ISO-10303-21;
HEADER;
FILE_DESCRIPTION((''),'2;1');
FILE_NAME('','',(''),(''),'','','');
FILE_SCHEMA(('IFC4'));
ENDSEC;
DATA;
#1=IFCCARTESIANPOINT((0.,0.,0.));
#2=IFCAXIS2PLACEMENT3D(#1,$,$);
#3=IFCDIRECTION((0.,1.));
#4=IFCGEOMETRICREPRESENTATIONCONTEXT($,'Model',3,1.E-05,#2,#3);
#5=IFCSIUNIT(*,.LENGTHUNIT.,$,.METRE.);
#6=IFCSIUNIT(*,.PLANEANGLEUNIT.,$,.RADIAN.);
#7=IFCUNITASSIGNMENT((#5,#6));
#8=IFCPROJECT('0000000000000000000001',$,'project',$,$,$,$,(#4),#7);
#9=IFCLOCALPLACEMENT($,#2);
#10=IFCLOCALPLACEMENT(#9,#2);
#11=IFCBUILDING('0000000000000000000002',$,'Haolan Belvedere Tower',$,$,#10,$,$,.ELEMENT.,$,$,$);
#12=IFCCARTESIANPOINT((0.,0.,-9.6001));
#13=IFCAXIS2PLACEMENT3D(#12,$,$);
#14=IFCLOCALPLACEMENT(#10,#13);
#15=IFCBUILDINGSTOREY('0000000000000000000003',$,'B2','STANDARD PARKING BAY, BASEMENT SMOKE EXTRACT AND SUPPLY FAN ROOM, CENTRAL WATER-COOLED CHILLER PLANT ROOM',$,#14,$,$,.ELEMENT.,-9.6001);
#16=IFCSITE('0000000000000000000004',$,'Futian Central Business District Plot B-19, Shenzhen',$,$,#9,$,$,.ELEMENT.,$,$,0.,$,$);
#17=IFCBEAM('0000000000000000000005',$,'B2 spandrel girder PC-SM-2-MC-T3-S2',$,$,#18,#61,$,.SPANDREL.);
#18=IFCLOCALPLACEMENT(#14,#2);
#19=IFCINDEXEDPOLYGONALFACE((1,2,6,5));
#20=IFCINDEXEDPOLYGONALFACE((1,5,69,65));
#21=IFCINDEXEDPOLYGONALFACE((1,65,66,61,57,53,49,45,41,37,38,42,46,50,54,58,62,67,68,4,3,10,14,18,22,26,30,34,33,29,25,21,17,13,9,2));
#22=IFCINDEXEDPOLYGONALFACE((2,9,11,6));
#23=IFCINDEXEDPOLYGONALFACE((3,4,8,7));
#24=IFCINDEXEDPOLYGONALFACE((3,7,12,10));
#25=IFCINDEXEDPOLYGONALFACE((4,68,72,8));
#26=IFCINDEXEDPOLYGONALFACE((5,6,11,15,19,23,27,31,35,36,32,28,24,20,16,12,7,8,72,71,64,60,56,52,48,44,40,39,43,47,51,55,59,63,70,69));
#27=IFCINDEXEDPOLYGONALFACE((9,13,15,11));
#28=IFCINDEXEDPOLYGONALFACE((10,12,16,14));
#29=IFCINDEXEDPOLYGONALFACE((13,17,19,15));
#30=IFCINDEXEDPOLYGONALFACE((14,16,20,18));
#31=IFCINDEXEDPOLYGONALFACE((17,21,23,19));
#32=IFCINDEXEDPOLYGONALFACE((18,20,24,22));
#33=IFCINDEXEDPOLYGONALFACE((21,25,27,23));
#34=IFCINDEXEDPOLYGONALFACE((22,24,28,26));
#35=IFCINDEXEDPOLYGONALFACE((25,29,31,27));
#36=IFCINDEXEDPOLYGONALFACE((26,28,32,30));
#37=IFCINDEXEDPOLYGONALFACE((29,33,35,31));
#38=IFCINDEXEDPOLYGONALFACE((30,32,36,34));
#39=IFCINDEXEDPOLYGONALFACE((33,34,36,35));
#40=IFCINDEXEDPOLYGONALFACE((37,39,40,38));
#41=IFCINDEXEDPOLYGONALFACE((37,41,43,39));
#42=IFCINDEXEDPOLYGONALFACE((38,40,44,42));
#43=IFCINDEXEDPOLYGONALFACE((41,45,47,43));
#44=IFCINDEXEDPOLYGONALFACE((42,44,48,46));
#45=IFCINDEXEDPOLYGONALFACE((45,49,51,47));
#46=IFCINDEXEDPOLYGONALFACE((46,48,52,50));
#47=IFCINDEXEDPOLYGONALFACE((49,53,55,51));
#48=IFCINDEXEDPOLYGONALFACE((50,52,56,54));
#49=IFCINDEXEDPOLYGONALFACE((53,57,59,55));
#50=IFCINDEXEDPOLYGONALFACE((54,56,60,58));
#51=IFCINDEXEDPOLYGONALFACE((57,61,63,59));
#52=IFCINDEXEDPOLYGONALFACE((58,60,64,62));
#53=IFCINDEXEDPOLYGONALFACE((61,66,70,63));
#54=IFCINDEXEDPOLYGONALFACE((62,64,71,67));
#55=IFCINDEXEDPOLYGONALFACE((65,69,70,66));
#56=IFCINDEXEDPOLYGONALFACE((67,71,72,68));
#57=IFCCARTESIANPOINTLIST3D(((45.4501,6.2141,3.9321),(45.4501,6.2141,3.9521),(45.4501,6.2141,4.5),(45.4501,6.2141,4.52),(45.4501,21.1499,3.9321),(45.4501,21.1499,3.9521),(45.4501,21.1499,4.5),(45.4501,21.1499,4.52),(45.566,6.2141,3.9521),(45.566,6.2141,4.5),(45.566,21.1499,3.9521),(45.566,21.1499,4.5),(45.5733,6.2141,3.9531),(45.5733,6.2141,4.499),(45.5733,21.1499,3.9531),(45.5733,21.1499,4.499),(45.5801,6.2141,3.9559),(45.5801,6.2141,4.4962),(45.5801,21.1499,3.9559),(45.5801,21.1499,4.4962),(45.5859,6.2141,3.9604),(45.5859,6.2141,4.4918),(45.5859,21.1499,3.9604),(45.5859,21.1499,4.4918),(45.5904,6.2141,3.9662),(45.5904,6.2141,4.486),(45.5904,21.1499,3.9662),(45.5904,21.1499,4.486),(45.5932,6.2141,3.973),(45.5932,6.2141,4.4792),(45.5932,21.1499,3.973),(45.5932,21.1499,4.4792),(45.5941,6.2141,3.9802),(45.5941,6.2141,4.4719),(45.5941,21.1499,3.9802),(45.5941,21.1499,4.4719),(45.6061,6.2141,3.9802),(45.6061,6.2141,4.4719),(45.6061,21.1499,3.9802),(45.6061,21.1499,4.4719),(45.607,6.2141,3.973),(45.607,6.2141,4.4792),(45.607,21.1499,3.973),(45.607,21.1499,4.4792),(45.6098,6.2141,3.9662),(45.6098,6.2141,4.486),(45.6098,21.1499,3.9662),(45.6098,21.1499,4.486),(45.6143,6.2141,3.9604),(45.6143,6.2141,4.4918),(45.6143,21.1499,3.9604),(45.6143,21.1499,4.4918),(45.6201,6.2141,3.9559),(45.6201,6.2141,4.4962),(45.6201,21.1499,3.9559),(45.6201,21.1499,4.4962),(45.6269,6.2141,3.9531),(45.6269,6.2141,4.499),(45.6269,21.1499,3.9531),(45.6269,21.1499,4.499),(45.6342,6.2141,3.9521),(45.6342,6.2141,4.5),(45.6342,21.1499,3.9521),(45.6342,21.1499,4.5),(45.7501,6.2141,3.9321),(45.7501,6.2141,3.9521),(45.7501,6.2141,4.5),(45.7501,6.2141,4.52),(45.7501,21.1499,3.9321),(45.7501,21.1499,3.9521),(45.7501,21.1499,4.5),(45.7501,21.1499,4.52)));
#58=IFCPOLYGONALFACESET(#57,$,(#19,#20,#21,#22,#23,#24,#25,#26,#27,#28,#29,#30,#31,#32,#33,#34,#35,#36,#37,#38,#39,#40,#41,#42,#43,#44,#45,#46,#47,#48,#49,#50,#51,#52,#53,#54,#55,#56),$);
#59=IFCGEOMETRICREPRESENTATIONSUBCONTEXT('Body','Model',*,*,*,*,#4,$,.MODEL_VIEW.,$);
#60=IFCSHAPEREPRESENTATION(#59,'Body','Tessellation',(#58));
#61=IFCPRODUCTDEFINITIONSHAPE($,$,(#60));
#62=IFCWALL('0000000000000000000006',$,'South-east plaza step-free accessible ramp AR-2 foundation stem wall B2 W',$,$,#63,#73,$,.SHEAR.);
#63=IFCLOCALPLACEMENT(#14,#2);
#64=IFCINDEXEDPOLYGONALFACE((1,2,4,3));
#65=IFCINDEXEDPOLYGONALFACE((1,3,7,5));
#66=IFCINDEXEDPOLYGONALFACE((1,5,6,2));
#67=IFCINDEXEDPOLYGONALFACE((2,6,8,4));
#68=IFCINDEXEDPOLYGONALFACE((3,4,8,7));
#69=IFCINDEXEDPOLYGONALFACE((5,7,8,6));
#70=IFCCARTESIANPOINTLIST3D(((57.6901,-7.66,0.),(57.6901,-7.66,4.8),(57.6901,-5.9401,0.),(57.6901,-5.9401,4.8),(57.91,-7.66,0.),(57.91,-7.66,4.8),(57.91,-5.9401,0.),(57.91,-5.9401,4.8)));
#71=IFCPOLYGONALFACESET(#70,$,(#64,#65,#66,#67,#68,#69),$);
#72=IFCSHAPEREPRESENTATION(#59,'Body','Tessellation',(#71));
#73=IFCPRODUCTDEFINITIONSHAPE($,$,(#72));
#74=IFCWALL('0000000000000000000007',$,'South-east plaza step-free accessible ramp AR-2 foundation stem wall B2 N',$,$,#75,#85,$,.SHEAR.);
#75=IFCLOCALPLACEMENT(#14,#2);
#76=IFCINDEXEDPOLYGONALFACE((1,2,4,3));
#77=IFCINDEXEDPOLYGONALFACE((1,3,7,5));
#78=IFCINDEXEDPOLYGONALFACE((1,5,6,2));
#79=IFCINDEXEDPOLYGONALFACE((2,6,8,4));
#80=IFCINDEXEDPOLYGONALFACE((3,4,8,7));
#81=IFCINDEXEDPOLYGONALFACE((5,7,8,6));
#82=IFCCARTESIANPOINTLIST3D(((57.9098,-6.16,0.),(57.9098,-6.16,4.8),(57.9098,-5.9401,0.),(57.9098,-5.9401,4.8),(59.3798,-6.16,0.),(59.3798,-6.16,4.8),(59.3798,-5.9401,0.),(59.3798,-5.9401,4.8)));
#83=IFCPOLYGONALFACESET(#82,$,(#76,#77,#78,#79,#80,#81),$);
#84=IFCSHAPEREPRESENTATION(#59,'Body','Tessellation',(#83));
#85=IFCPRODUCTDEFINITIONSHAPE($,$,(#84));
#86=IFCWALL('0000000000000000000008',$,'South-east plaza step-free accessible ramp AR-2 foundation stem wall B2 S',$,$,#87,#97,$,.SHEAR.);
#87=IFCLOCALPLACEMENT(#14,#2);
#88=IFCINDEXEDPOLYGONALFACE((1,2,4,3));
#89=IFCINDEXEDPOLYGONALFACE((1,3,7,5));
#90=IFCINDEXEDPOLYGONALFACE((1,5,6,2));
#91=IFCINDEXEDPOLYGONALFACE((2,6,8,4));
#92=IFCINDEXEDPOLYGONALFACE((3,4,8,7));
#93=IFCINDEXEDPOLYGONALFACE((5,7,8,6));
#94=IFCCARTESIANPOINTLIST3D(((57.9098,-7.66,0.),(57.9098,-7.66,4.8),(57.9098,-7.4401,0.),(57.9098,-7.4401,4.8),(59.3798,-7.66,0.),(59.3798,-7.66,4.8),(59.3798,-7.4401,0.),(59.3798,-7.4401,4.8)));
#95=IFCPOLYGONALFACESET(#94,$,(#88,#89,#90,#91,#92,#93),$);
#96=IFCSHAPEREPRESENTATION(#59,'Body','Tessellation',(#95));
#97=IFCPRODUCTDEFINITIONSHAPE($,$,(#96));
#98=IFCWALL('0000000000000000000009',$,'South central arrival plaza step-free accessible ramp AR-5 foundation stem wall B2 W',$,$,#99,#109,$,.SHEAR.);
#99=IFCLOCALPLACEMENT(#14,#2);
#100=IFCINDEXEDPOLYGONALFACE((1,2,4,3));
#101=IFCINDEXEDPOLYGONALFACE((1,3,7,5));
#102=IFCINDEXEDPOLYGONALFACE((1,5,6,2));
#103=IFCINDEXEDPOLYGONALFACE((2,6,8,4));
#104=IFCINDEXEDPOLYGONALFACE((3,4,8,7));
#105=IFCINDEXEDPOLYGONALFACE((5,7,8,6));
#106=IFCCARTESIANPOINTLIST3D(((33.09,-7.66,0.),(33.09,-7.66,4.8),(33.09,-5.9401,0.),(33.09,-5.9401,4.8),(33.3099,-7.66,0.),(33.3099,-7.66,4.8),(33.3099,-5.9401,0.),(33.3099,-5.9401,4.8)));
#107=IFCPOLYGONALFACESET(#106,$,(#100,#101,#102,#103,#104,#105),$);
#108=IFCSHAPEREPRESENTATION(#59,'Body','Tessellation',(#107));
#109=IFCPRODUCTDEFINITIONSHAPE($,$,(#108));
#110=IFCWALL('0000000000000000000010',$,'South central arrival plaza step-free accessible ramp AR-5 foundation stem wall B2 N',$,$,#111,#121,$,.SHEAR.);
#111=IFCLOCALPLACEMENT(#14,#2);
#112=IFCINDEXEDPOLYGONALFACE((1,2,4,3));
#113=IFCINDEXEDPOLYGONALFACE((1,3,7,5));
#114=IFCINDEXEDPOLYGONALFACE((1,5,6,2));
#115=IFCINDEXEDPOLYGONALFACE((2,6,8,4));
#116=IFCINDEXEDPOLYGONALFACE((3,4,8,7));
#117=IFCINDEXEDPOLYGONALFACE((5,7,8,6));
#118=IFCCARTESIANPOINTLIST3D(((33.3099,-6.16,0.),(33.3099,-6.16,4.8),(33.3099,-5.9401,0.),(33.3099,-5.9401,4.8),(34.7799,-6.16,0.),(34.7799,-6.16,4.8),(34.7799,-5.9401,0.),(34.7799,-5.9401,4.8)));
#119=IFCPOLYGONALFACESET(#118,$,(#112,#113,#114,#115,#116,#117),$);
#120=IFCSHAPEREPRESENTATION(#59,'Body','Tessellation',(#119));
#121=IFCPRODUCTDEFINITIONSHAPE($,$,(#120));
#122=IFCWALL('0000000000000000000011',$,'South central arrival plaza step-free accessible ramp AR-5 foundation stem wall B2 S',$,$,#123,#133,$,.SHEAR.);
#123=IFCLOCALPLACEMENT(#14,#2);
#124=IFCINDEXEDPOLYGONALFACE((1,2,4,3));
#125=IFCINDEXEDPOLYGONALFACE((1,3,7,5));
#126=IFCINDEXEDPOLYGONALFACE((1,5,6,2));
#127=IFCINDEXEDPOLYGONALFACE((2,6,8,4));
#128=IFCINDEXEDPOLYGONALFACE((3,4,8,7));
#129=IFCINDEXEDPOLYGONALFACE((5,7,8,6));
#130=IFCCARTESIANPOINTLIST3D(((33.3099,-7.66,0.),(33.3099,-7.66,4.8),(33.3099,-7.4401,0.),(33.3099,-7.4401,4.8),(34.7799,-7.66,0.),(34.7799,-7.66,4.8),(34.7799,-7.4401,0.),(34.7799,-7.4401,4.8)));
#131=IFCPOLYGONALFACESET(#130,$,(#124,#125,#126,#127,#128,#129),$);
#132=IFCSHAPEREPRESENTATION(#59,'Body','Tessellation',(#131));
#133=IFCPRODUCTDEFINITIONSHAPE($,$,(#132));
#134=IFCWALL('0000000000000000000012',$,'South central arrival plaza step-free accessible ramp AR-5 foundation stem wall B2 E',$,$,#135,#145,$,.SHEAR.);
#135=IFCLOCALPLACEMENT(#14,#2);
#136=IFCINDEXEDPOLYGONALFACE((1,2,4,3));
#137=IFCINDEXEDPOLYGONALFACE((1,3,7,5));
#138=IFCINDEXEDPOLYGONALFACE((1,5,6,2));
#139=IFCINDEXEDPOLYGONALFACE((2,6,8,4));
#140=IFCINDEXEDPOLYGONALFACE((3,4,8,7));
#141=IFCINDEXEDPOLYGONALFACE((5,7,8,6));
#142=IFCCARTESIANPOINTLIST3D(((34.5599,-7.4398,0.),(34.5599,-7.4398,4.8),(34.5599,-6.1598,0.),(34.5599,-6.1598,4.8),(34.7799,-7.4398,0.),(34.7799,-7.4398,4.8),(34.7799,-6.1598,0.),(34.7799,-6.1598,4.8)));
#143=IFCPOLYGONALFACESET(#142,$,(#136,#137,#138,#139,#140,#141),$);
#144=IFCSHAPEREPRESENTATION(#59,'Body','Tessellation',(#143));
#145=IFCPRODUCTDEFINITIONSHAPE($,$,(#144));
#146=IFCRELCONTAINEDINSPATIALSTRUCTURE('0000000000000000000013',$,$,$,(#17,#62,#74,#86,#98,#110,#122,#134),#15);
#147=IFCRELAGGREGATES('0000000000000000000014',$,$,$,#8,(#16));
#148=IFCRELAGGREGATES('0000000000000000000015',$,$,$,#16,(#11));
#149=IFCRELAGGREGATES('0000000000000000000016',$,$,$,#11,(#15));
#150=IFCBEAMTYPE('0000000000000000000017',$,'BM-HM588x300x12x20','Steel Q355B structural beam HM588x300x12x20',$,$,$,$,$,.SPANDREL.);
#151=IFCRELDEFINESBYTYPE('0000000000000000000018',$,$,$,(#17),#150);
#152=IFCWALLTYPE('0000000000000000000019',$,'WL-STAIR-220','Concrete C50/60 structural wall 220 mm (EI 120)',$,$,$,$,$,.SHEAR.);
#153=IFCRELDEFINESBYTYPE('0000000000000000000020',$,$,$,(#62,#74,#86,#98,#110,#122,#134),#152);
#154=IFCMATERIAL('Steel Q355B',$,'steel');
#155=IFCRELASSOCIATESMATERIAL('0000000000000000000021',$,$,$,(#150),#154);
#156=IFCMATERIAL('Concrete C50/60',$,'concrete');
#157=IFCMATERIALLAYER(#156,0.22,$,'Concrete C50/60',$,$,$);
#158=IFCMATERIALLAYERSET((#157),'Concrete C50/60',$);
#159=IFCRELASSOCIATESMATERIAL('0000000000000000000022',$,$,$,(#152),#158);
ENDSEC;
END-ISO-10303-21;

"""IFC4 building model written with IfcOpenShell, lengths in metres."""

from ifc_helpers import new_model, si_unit, direction, frame, frame_2d, origin, origin_2d, place, context, subcontext, project, spatial, rectangle, i_section, extrude, material, layer, layer_set, material_profile, profile_set, type_object, element, save


model = new_model("IFC4")

# Units and contexts
model_context = context("Model", 3, precision=1e-05, world=origin(), true_north=direction((0.0, 1.0)))
body_context = subcontext(model_context, "Body", "Model", "MODEL_VIEW")
ifc_project = project(units=[si_unit("LENGTHUNIT", "METRE"), si_unit("PLANEANGLEUNIT", "RADIAN")], contexts=[model_context])

# Site, building, storey
site_placement = place(None, origin())
site = spatial("IfcSite", under=ifc_project, at=site_placement, Name="Futian Central Business District Plot B-19, Shenzhen", CompositionType="ELEMENT", RefElevation=0.0)
building_placement = place(site_placement, origin())
building = spatial("IfcBuilding", under=site, at=building_placement, Name="Haolan Belvedere Tower", CompositionType="ELEMENT")
storey_placement = place(building_placement, frame((0.0, 0.0, -9.6001)))
storey = spatial("IfcBuildingStorey", under=building, at=storey_placement, Name="B2", Description="STANDARD PARKING BAY, BASEMENT SMOKE EXTRACT AND SUPPLY FAN ROOM, CENTRAL WATER-COOLED CHILLER PLANT ROOM", CompositionType="ELEMENT", Elevation=-9.6001)

# Shared definitions
ifc_material_1 = material(Name="Concrete C50/60", Category="concrete")

# Beam
ifc_material_2 = material(Name="Steel Q355B", Category="steel")
ifc_material_profile_1 = material_profile(ifc_material_2, i_section(OverallWidth=0.3, OverallDepth=0.5879, WebThickness=0.012, FlangeThickness=0.02, FilletRadius=0.0281, at=origin_2d()), Name="Steel Q355B")
ifc_profile_set_1 = profile_set([ifc_material_profile_1], Name="Steel Q355B")
beam_type = type_object("IfcBeamType", Name="BM-HM588x300x12x20", Description="Steel Q355B structural beam HM588x300x12x20", PredefinedType="SPANDREL", material=ifc_profile_set_1)
beam_1_placement = place(storey_placement, frame((45.6001, 6.2141, 4.2261), z_axis=(0.0, 1.0, 0.0), x_axis=(-1.0, 0.0, 0.0)))
element("IfcBeam", 1, at=beam_1_placement, inside=storey, type_object=beam_type, Name="B2 spandrel girder PC-SM-2-MC-T3-S2", PredefinedType="SPANDREL", context=body_context, shape_type="SweptSolid", body=[
    extrude(i_section(OverallWidth=0.3, OverallDepth=0.5879, WebThickness=0.012, FlangeThickness=0.02, FilletRadius=0.0281, at=origin_2d()), origin(), (0.0, 0.0, 1.0), 14.9358),
])

# Walls
ifc_layer_1 = layer(ifc_material_1, 0.22, Name="Concrete C50/60")
ifc_layer_set_1 = layer_set([ifc_layer_1], Name="Concrete C50/60")
wall_type = type_object("IfcWallType", Name="WL-STAIR-220", Description="Concrete C50/60 structural wall 220 mm (EI 120)", PredefinedType="SHEAR", material=ifc_layer_set_1)
wall_1_placement = place(storey_placement, frame((57.8, -7.6599, 0.0), z_axis=(0.0, 0.0, 1.0), x_axis=(0.0, 1.0, 0.0)))
element("IfcWall", 2, at=wall_1_placement, inside=storey, type_object=wall_type, Name="South-east plaza step-free accessible ramp AR-2 foundation stem wall B2 W", PredefinedType="SHEAR", context=body_context, shape_type="SweptSolid", body=[
    extrude(rectangle(XDim=1.72, YDim=0.22, at=frame_2d((0.8599, 0.0))), origin(), (0.0, 0.0, 1.0), 4.8),
])
for number, where, z_axis, x_axis, name in (
    (3, (57.9099, -6.05, 0.0), (0.0, 0.0, 1.0), (1.0, 0.0, 0.0), "South-east plaza step-free accessible ramp AR-2 foundation stem wall B2 N"),
    (4, (57.9099, -7.55, 0.0), (0.0, 0.0, 1.0), (1.0, 0.0, 0.0), "South-east plaza step-free accessible ramp AR-2 foundation stem wall B2 S"),
):
    element("IfcWall", number, at=place(storey_placement, frame(where, z_axis=z_axis, x_axis=x_axis)), inside=storey, type_object=wall_type, Name=name, PredefinedType="SHEAR", context=body_context, shape_type="SweptSolid", body=[
        extrude(rectangle(XDim=1.47, YDim=0.22, at=frame_2d((0.7349, 0.0))), origin(), (0.0, 0.0, 1.0), 4.8),
    ])
wall_2_placement = place(storey_placement, frame((33.2, -7.6599, 0.0), z_axis=(0.0, 0.0, 1.0), x_axis=(0.0, 1.0, 0.0)))
element("IfcWall", 5, at=wall_2_placement, inside=storey, type_object=wall_type, Name="South central arrival plaza step-free accessible ramp AR-5 foundation stem wall B2 W", PredefinedType="SHEAR", context=body_context, shape_type="SweptSolid", body=[
    extrude(rectangle(XDim=1.72, YDim=0.22, at=frame_2d((0.8599, 0.0))), origin(), (0.0, 0.0, 1.0), 4.8),
])
for number, where, z_axis, x_axis, name in (
    (6, (33.3101, -6.05, 0.0), (0.0, 0.0, 1.0), (1.0, 0.0, 0.0), "South central arrival plaza step-free accessible ramp AR-5 foundation stem wall B2 N"),
    (7, (33.3101, -7.55, 0.0), (0.0, 0.0, 1.0), (1.0, 0.0, 0.0), "South central arrival plaza step-free accessible ramp AR-5 foundation stem wall B2 S"),
):
    element("IfcWall", number, at=place(storey_placement, frame(where, z_axis=z_axis, x_axis=x_axis)), inside=storey, type_object=wall_type, Name=name, PredefinedType="SHEAR", context=body_context, shape_type="SweptSolid", body=[
        extrude(rectangle(XDim=1.47, YDim=0.22, at=frame_2d((0.7349, 0.0))), origin(), (0.0, 0.0, 1.0), 4.8),
    ])
wall_3_placement = place(storey_placement, frame((34.6699, -7.4399, 0.0), z_axis=(0.0, 0.0, 1.0), x_axis=(0.0, 1.0, 0.0)))
element("IfcWall", 8, at=wall_3_placement, inside=storey, type_object=wall_type, Name="South central arrival plaza step-free accessible ramp AR-5 foundation stem wall B2 E", PredefinedType="SHEAR", context=body_context, shape_type="SweptSolid", body=[
    extrude(rectangle(XDim=1.28, YDim=0.22, at=frame_2d((0.6401, 0.0))), origin(), (0.0, 0.0, 1.0), 4.8),
])

save(model, "model.ifc")
